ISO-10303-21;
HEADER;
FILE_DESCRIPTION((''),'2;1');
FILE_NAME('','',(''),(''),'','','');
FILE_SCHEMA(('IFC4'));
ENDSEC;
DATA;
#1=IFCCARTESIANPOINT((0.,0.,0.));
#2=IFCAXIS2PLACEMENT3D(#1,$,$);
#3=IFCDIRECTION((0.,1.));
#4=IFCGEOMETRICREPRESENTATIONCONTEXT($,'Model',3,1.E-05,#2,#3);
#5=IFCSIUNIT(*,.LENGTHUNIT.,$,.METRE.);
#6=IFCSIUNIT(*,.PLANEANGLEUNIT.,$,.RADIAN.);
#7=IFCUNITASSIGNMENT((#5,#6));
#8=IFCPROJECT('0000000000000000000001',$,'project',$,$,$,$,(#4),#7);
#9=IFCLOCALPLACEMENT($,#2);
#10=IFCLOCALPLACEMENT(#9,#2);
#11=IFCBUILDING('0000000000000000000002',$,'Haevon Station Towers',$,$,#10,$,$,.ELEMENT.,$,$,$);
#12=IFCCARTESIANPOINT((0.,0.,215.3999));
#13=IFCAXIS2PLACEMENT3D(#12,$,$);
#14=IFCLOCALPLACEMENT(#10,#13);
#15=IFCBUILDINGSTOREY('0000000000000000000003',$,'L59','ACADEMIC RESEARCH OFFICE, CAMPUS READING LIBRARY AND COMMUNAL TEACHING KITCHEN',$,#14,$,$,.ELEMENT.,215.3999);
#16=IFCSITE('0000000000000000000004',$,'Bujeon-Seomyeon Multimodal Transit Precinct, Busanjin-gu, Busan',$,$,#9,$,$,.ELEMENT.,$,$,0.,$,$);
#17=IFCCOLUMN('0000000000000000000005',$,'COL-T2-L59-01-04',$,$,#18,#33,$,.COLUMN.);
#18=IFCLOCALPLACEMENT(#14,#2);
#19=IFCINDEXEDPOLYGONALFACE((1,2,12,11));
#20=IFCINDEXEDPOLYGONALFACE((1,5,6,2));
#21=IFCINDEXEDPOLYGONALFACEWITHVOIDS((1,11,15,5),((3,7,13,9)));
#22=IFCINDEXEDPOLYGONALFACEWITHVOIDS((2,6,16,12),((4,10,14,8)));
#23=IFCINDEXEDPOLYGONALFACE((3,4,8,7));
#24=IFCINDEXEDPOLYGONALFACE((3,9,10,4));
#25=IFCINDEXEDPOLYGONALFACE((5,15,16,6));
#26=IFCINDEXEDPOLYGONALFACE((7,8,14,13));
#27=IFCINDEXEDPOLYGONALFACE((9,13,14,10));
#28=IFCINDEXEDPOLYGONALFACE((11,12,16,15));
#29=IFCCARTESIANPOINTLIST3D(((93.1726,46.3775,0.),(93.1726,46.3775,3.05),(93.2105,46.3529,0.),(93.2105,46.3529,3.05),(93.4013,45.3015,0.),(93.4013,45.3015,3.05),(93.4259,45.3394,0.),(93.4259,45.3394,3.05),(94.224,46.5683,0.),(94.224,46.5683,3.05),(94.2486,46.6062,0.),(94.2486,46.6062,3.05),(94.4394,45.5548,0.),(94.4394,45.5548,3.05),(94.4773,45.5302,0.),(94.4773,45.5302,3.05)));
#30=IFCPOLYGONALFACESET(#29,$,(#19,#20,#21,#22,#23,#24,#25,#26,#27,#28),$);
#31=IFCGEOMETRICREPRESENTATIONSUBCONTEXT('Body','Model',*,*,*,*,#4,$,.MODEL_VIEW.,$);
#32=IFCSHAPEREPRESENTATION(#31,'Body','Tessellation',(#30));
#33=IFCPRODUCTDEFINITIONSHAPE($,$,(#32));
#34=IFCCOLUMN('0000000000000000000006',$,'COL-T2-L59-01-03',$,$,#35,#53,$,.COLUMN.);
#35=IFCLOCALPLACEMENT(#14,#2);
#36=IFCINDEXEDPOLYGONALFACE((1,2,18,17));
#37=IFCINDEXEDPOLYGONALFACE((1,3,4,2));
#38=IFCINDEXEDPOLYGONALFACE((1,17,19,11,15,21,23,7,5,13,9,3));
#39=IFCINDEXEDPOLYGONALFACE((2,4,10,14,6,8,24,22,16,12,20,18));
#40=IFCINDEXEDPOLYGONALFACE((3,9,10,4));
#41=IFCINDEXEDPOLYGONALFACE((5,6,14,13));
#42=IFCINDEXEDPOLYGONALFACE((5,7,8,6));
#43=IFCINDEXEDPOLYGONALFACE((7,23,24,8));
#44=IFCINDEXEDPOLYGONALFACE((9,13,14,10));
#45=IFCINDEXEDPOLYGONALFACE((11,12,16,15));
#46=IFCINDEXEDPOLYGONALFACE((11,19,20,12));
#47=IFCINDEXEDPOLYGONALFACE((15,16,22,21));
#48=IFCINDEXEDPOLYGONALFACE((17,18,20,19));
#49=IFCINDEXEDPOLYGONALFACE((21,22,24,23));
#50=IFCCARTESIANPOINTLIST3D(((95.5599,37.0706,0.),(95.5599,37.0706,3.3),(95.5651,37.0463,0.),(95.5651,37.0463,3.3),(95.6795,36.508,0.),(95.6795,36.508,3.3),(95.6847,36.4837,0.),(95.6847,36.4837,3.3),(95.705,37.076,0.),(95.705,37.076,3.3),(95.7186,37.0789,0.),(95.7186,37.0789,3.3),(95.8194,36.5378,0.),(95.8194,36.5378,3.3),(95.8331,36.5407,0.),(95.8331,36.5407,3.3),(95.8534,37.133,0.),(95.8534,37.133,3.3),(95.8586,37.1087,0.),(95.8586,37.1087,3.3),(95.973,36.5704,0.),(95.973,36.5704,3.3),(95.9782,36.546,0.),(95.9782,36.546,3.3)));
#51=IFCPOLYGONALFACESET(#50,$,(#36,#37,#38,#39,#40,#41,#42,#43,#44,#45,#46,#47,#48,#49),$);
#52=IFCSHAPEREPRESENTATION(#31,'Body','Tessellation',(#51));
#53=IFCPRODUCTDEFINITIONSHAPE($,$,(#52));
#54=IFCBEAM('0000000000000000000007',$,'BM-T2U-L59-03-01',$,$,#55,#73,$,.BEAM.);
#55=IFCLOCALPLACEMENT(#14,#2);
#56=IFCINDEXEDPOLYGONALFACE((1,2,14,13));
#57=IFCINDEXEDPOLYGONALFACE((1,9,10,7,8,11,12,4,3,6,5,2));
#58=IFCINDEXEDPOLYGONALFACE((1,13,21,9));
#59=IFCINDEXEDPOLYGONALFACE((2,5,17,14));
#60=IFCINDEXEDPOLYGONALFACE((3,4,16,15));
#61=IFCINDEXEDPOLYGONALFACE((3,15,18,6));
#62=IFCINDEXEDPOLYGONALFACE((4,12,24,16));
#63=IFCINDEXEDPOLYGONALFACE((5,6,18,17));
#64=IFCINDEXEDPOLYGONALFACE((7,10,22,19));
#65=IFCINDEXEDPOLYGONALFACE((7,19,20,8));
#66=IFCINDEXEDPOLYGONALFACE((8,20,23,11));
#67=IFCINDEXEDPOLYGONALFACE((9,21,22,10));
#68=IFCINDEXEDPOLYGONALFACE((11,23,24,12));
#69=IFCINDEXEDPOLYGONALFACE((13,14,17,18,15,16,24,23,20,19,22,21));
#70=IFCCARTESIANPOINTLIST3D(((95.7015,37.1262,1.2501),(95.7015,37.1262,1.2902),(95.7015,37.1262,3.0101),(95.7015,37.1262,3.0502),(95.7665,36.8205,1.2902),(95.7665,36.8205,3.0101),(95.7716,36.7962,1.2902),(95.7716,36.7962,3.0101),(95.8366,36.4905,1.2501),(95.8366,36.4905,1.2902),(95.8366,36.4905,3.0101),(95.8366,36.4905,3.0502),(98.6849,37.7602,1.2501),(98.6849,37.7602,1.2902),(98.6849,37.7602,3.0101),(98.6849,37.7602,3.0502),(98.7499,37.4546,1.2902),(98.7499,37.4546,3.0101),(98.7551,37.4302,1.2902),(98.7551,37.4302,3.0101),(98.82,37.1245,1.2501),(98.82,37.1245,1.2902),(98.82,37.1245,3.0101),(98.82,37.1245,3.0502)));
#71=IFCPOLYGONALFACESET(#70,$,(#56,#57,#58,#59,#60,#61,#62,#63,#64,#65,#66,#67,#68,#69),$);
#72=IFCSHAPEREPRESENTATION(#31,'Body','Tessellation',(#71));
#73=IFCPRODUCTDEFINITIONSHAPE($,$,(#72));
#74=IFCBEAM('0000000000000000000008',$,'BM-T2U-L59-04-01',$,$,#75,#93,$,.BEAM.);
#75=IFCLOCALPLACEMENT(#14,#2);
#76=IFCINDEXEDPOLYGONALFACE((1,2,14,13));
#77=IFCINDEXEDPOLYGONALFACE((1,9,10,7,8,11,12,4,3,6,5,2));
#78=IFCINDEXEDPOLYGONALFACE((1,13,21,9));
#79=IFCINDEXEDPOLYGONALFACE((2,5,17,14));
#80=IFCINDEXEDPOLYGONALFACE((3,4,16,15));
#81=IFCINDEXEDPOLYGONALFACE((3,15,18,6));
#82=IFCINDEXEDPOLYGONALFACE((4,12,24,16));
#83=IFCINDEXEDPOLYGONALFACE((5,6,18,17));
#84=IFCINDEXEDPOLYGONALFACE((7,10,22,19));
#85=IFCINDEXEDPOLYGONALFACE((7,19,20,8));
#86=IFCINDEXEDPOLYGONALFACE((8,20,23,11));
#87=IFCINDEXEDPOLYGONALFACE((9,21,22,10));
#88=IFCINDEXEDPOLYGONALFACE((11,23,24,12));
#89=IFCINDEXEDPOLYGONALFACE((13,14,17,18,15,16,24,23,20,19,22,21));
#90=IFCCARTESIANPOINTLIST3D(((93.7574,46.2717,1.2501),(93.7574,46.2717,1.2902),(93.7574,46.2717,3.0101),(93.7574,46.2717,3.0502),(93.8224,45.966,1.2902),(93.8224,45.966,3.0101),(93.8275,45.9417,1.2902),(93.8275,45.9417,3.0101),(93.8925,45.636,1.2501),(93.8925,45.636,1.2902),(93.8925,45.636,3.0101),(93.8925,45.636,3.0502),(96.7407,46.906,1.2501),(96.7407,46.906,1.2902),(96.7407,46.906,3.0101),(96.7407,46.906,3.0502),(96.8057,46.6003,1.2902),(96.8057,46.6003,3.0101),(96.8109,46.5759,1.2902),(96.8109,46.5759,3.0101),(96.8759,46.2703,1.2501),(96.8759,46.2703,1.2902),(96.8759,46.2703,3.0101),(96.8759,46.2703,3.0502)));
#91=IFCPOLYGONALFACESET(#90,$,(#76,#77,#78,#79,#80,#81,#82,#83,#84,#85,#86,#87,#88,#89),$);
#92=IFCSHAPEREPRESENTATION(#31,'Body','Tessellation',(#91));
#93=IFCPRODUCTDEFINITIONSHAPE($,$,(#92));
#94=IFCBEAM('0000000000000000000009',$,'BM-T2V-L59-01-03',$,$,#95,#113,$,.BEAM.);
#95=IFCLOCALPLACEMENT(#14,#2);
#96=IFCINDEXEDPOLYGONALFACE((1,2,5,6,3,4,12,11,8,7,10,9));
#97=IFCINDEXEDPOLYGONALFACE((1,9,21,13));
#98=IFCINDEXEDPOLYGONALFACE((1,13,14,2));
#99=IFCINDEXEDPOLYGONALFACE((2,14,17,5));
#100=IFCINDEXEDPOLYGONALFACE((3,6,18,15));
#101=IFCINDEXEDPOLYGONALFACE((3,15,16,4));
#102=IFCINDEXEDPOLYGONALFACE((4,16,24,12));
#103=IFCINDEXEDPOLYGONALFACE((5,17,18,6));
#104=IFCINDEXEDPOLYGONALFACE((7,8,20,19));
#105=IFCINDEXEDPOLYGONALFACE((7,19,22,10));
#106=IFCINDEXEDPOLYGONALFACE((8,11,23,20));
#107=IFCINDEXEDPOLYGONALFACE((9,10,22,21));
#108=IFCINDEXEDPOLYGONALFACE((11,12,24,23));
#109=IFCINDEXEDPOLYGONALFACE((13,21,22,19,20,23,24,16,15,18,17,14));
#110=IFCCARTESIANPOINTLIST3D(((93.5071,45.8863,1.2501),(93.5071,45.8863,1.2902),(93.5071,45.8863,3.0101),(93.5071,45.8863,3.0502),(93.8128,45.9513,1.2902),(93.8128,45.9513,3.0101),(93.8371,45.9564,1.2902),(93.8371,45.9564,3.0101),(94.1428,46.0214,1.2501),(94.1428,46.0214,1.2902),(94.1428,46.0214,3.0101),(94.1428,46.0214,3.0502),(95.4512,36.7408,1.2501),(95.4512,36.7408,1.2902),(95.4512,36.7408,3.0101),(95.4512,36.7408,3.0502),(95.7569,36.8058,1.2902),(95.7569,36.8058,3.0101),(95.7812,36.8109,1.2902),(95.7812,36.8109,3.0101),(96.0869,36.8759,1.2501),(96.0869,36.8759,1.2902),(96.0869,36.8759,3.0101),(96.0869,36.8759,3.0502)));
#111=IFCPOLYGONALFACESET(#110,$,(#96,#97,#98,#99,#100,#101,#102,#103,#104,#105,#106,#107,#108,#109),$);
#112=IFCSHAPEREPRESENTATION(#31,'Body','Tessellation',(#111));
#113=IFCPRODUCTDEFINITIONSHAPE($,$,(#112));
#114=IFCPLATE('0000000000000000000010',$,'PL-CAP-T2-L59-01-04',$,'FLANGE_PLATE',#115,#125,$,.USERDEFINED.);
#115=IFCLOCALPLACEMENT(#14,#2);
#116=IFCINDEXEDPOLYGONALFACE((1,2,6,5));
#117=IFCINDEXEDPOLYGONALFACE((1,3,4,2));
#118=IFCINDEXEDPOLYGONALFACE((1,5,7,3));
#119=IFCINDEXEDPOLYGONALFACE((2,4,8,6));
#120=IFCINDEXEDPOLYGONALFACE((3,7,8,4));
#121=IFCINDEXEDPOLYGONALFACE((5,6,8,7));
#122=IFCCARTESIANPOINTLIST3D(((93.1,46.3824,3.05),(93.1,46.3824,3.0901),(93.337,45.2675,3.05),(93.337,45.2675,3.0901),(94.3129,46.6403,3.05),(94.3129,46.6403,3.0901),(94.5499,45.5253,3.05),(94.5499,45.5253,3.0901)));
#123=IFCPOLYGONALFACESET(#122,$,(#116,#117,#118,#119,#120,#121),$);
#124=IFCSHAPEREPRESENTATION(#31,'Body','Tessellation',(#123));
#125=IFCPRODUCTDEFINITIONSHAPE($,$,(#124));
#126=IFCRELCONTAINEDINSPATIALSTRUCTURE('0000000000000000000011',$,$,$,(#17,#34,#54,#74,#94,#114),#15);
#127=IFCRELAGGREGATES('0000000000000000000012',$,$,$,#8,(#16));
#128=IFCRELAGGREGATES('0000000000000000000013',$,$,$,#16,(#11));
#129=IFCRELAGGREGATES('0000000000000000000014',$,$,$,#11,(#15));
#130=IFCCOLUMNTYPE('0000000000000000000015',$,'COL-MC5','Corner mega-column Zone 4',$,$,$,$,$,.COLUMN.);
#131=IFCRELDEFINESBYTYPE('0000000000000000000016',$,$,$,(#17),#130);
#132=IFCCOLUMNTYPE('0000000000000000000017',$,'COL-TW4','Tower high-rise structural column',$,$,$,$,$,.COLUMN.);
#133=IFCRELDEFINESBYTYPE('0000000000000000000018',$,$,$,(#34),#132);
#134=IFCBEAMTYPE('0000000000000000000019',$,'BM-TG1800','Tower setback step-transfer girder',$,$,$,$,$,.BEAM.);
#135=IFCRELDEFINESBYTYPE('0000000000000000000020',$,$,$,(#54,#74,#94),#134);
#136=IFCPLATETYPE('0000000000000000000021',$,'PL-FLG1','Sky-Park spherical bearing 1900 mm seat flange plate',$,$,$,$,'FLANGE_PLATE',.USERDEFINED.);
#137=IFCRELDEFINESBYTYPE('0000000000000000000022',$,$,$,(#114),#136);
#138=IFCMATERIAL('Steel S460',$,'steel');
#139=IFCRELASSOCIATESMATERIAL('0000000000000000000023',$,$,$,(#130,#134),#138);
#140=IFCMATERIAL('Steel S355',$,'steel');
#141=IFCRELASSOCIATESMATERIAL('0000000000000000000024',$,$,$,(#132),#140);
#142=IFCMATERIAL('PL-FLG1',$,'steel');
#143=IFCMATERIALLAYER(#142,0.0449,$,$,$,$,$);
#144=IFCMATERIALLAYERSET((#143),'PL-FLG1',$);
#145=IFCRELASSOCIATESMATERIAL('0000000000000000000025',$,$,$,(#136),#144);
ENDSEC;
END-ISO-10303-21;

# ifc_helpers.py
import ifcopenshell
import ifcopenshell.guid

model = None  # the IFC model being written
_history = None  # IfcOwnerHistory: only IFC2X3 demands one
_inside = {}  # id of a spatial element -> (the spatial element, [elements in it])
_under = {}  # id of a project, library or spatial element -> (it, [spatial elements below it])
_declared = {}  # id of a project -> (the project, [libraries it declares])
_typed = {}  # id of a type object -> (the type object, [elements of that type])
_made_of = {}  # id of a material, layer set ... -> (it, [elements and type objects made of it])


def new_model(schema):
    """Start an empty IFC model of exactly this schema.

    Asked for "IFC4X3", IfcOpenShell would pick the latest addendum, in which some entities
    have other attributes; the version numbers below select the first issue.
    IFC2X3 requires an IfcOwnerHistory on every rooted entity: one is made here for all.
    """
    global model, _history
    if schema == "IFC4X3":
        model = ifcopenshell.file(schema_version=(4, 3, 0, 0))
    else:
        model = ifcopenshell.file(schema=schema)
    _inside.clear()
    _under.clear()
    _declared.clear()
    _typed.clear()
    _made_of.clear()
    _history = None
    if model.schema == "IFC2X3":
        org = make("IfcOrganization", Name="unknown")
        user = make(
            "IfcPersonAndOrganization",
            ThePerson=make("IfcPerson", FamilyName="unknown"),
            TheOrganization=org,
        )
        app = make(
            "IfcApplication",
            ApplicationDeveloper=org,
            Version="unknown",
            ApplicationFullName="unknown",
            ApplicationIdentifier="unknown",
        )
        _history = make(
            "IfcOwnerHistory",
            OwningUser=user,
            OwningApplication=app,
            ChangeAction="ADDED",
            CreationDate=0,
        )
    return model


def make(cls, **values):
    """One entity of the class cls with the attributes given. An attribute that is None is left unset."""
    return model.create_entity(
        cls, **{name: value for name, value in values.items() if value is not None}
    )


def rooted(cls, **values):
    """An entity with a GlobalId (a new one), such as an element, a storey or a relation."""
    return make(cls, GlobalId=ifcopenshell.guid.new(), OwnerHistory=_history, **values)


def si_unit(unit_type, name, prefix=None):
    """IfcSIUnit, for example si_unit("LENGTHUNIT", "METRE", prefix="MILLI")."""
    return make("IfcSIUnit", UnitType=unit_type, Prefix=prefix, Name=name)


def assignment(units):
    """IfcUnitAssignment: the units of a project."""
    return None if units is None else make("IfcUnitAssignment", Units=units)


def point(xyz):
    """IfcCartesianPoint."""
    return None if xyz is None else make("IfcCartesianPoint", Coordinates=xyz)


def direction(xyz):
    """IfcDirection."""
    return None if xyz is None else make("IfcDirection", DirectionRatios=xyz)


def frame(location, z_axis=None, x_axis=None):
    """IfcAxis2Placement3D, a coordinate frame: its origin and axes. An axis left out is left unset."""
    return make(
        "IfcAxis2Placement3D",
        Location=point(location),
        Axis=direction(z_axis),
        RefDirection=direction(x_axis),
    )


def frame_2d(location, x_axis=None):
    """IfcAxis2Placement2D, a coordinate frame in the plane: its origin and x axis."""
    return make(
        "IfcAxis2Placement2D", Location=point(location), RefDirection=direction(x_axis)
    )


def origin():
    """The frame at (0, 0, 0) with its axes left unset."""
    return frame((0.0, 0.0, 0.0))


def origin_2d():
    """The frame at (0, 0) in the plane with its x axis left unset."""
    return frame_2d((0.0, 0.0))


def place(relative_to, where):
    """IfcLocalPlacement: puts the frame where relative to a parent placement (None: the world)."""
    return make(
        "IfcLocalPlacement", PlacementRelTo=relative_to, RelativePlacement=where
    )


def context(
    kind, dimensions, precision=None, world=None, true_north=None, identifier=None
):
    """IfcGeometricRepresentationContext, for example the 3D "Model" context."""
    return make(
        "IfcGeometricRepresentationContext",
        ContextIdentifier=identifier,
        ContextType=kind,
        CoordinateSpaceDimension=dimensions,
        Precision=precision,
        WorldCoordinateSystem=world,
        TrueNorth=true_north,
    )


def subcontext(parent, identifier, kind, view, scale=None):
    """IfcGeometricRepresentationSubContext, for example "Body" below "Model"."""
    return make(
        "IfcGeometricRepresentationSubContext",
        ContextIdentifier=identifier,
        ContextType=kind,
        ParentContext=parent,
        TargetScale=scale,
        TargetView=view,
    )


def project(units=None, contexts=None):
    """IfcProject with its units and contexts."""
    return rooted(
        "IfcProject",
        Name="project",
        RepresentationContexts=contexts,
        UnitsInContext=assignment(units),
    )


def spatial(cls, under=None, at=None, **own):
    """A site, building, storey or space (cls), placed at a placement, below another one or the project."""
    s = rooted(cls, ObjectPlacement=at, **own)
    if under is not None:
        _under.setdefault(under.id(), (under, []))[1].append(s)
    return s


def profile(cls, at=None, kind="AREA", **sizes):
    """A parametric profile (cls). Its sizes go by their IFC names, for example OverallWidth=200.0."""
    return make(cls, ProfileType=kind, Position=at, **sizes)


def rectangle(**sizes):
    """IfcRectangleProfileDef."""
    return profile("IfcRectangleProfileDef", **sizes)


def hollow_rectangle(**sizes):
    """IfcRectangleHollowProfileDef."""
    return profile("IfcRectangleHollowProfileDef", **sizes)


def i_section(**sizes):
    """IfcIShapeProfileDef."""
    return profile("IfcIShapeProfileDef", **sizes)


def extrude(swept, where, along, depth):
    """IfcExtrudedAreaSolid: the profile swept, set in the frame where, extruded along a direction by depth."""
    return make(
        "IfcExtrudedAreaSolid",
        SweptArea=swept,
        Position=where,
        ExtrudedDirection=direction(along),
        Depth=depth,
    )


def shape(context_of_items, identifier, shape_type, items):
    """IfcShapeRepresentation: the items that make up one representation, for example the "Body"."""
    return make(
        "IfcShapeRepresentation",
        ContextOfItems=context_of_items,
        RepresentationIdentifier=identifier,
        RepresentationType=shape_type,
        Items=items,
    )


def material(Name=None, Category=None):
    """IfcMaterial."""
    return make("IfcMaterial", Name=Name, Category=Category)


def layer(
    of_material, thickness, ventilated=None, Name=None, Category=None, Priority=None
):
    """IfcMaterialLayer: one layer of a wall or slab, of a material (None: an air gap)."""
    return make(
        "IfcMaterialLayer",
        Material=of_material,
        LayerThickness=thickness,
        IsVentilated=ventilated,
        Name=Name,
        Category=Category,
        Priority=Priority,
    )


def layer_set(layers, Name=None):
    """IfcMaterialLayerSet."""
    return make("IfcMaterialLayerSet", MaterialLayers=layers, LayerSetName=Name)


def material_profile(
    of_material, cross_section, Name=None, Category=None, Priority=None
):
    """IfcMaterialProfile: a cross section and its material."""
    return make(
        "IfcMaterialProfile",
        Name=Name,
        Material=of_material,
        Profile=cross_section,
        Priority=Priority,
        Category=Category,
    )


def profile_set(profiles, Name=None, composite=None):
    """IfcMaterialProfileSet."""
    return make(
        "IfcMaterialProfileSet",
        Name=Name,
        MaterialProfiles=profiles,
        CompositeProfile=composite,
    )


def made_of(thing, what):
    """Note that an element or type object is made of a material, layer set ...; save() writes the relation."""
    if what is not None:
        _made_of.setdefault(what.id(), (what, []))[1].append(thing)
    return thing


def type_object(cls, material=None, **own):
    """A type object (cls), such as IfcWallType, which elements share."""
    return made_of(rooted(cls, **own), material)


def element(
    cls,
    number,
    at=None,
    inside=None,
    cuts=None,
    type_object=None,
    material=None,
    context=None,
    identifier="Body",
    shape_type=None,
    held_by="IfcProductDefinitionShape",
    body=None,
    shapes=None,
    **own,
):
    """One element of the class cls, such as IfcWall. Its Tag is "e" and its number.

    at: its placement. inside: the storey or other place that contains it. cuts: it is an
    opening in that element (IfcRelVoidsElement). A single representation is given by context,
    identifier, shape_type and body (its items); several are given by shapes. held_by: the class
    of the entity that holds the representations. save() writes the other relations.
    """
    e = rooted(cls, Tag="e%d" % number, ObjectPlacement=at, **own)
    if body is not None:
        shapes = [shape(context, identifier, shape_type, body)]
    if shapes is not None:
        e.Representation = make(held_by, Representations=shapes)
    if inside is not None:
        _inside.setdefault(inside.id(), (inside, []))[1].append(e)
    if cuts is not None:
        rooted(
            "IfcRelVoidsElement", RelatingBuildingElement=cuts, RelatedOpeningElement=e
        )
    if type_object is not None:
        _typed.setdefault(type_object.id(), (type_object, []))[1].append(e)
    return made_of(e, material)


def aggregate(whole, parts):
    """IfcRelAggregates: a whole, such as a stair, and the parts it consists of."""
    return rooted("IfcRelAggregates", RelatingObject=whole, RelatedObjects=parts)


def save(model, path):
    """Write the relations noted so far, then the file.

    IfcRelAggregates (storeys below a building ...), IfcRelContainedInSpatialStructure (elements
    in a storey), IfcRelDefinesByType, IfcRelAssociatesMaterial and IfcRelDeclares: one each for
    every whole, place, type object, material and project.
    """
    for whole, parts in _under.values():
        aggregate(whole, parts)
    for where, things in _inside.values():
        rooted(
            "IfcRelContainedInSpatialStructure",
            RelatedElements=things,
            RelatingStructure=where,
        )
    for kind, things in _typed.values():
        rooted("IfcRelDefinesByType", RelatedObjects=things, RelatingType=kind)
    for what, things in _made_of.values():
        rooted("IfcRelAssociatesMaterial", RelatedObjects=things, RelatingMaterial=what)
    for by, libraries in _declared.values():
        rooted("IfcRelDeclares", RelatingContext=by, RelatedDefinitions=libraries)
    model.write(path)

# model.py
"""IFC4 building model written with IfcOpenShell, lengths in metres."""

from ifc_helpers import new_model, si_unit, direction, frame, origin, origin_2d, place, context, subcontext, project, spatial, rectangle, hollow_rectangle, i_section, extrude, material, layer, layer_set, material_profile, profile_set, type_object, element, save


model = new_model("IFC4")

# Units and contexts
model_context = context("Model", 3, precision=1e-05, world=origin(), true_north=direction((0.0, 1.0)))
body_context = subcontext(model_context, "Body", "Model", "MODEL_VIEW")
ifc_project = project(units=[si_unit("LENGTHUNIT", "METRE"), si_unit("PLANEANGLEUNIT", "RADIAN")], contexts=[model_context])

# Site, building, storey
site_placement = place(None, origin())
site = spatial("IfcSite", under=ifc_project, at=site_placement, Name="Bujeon-Seomyeon Multimodal Transit Precinct, Busanjin-gu, Busan", CompositionType="ELEMENT", RefElevation=0.0)
building_placement = place(site_placement, origin())
building = spatial("IfcBuilding", under=site, at=building_placement, Name="Haevon Station Towers", CompositionType="ELEMENT")
storey_placement = place(building_placement, frame((0.0, 0.0, 215.3999)))
storey = spatial("IfcBuildingStorey", under=building, at=storey_placement, Name="L59", Description="ACADEMIC RESEARCH OFFICE, CAMPUS READING LIBRARY AND COMMUNAL TEACHING KITCHEN", CompositionType="ELEMENT", Elevation=215.3999)

# Columns
ifc_material_1 = material(Name="Steel S460", Category="steel")
ifc_material_profile_1 = material_profile(ifc_material_1, hollow_rectangle(XDim=1.1001, YDim=1.1001, WallThickness=0.032, at=origin_2d()), Name="BOX-1100x1100x32")
ifc_profile_set_1 = profile_set([ifc_material_profile_1], Name="Steel S460")
column_type_1 = type_object("IfcColumnType", Name="COL-MC5", Description="Corner mega-column Zone 4", PredefinedType="COLUMN", material=ifc_profile_set_1)
column_1_placement = place(storey_placement, frame((93.825, 45.9539, 0.0), z_axis=(0.0, 0.0, 1.0), x_axis=(0.978148, 0.207912, 0.0)))
element("IfcColumn", 1, at=column_1_placement, inside=storey, type_object=column_type_1, Name="COL-T2-L59-01-04", PredefinedType="COLUMN", context=body_context, shape_type="SweptSolid", body=[
    extrude(hollow_rectangle(XDim=1.1001, YDim=1.1001, WallThickness=0.032, at=origin_2d()), origin(), (0.0, 0.0, 1.0), 3.05),
])
ifc_material_2 = material(Name="Steel S355", Category="steel")
ifc_material_profile_2 = material_profile(ifc_material_2, i_section(OverallWidth=0.3, OverallDepth=0.6001, WebThickness=0.0139, FlangeThickness=0.0249, at=origin_2d()), Name="H-600x300x14x25")
ifc_profile_set_2 = profile_set([ifc_material_profile_2], Name="Steel S355")
column_type_2 = type_object("IfcColumnType", Name="COL-TW4", Description="Tower high-rise structural column", PredefinedType="COLUMN", material=ifc_profile_set_2)
column_2_placement = place(storey_placement, frame((95.769, 36.8083, 0.0), z_axis=(0.0, 0.0, 1.0), x_axis=(0.978148, 0.207912, 0.0)))
element("IfcColumn", 2, at=column_2_placement, inside=storey, type_object=column_type_2, Name="COL-T2-L59-01-03", PredefinedType="COLUMN", context=body_context, shape_type="SweptSolid", body=[
    extrude(i_section(OverallWidth=0.3, OverallDepth=0.6001, WebThickness=0.0139, FlangeThickness=0.0249, at=origin_2d()), origin(), (0.0, 0.0, 1.0), 3.3),
])

# Beams
ifc_material_profile_3 = material_profile(ifc_material_1, i_section(OverallWidth=0.6499, OverallDepth=1.8, WebThickness=0.0249, FlangeThickness=0.04, at=origin_2d()), Name="H-1800x650x25x40")
ifc_profile_set_3 = profile_set([ifc_material_profile_3], Name="Steel S460")
beam_type = type_object("IfcBeamType", Name="BM-TG1800", Description="Tower setback step-transfer girder", PredefinedType="BEAM", material=ifc_profile_set_3)
for number, where, z_axis, x_axis, name in (
    (3, (95.769, 36.8083, 2.1501), (0.978155, 0.207878, 0.0), (-0.207878, 0.978155, 0.0), "BM-T2U-L59-03-01"),
    (4, (93.825, 45.9539, 2.1501), (0.978139, 0.207954, 0.0), (-0.207954, 0.978139, 0.0), "BM-T2U-L59-04-01"),
):
    element("IfcBeam", number, at=place(storey_placement, frame(where, z_axis=z_axis, x_axis=x_axis)), inside=storey, type_object=beam_type, Name=name, PredefinedType="BEAM", context=body_context, shape_type="SweptSolid", body=[
        extrude(i_section(OverallWidth=0.6499, OverallDepth=1.8, WebThickness=0.0249, FlangeThickness=0.04, at=origin_2d()), origin(), (0.0, 0.0, 1.0), 3.05),
    ])
beam_placement = place(storey_placement, frame((95.769, 36.8083, 2.1501), z_axis=(-0.207927, 0.978144, 0.0), x_axis=(-0.978144, -0.207927, 0.0)))
element("IfcBeam", 5, at=beam_placement, inside=storey, type_object=beam_type, Name="BM-T2V-L59-01-03", PredefinedType="BEAM", context=body_context, shape_type="SweptSolid", body=[
    extrude(i_section(OverallWidth=0.6499, OverallDepth=1.8, WebThickness=0.0249, FlangeThickness=0.04, at=origin_2d()), origin(), (0.0, 0.0, 1.0), 9.3499),
])

# Plate
ifc_material_3 = material(Name="PL-FLG1", Category="steel")
ifc_layer_1 = layer(ifc_material_3, 0.0449)
ifc_layer_set_1 = layer_set([ifc_layer_1], Name="PL-FLG1")
plate_type = type_object("IfcPlateType", Name="PL-FLG1", Description="Sky-Park spherical bearing 1900 mm seat flange plate", ElementType="FLANGE_PLATE", PredefinedType="USERDEFINED", material=ifc_layer_set_1)
plate_placement = place(storey_placement, frame((93.825, 45.9539, 3.05), z_axis=(0.0, 0.0, 1.0), x_axis=(0.978148, 0.207912, 0.0)))
element("IfcPlate", 6, at=plate_placement, inside=storey, type_object=plate_type, Name="PL-CAP-T2-L59-01-04", ObjectType="FLANGE_PLATE", PredefinedType="USERDEFINED", context=body_context, shape_type="SweptSolid", body=[
    extrude(rectangle(XDim=1.24, YDim=1.1399, at=origin_2d()), origin(), (0.0, 0.0, 1.0), 0.04),
])

save(model, "model.ifc")
